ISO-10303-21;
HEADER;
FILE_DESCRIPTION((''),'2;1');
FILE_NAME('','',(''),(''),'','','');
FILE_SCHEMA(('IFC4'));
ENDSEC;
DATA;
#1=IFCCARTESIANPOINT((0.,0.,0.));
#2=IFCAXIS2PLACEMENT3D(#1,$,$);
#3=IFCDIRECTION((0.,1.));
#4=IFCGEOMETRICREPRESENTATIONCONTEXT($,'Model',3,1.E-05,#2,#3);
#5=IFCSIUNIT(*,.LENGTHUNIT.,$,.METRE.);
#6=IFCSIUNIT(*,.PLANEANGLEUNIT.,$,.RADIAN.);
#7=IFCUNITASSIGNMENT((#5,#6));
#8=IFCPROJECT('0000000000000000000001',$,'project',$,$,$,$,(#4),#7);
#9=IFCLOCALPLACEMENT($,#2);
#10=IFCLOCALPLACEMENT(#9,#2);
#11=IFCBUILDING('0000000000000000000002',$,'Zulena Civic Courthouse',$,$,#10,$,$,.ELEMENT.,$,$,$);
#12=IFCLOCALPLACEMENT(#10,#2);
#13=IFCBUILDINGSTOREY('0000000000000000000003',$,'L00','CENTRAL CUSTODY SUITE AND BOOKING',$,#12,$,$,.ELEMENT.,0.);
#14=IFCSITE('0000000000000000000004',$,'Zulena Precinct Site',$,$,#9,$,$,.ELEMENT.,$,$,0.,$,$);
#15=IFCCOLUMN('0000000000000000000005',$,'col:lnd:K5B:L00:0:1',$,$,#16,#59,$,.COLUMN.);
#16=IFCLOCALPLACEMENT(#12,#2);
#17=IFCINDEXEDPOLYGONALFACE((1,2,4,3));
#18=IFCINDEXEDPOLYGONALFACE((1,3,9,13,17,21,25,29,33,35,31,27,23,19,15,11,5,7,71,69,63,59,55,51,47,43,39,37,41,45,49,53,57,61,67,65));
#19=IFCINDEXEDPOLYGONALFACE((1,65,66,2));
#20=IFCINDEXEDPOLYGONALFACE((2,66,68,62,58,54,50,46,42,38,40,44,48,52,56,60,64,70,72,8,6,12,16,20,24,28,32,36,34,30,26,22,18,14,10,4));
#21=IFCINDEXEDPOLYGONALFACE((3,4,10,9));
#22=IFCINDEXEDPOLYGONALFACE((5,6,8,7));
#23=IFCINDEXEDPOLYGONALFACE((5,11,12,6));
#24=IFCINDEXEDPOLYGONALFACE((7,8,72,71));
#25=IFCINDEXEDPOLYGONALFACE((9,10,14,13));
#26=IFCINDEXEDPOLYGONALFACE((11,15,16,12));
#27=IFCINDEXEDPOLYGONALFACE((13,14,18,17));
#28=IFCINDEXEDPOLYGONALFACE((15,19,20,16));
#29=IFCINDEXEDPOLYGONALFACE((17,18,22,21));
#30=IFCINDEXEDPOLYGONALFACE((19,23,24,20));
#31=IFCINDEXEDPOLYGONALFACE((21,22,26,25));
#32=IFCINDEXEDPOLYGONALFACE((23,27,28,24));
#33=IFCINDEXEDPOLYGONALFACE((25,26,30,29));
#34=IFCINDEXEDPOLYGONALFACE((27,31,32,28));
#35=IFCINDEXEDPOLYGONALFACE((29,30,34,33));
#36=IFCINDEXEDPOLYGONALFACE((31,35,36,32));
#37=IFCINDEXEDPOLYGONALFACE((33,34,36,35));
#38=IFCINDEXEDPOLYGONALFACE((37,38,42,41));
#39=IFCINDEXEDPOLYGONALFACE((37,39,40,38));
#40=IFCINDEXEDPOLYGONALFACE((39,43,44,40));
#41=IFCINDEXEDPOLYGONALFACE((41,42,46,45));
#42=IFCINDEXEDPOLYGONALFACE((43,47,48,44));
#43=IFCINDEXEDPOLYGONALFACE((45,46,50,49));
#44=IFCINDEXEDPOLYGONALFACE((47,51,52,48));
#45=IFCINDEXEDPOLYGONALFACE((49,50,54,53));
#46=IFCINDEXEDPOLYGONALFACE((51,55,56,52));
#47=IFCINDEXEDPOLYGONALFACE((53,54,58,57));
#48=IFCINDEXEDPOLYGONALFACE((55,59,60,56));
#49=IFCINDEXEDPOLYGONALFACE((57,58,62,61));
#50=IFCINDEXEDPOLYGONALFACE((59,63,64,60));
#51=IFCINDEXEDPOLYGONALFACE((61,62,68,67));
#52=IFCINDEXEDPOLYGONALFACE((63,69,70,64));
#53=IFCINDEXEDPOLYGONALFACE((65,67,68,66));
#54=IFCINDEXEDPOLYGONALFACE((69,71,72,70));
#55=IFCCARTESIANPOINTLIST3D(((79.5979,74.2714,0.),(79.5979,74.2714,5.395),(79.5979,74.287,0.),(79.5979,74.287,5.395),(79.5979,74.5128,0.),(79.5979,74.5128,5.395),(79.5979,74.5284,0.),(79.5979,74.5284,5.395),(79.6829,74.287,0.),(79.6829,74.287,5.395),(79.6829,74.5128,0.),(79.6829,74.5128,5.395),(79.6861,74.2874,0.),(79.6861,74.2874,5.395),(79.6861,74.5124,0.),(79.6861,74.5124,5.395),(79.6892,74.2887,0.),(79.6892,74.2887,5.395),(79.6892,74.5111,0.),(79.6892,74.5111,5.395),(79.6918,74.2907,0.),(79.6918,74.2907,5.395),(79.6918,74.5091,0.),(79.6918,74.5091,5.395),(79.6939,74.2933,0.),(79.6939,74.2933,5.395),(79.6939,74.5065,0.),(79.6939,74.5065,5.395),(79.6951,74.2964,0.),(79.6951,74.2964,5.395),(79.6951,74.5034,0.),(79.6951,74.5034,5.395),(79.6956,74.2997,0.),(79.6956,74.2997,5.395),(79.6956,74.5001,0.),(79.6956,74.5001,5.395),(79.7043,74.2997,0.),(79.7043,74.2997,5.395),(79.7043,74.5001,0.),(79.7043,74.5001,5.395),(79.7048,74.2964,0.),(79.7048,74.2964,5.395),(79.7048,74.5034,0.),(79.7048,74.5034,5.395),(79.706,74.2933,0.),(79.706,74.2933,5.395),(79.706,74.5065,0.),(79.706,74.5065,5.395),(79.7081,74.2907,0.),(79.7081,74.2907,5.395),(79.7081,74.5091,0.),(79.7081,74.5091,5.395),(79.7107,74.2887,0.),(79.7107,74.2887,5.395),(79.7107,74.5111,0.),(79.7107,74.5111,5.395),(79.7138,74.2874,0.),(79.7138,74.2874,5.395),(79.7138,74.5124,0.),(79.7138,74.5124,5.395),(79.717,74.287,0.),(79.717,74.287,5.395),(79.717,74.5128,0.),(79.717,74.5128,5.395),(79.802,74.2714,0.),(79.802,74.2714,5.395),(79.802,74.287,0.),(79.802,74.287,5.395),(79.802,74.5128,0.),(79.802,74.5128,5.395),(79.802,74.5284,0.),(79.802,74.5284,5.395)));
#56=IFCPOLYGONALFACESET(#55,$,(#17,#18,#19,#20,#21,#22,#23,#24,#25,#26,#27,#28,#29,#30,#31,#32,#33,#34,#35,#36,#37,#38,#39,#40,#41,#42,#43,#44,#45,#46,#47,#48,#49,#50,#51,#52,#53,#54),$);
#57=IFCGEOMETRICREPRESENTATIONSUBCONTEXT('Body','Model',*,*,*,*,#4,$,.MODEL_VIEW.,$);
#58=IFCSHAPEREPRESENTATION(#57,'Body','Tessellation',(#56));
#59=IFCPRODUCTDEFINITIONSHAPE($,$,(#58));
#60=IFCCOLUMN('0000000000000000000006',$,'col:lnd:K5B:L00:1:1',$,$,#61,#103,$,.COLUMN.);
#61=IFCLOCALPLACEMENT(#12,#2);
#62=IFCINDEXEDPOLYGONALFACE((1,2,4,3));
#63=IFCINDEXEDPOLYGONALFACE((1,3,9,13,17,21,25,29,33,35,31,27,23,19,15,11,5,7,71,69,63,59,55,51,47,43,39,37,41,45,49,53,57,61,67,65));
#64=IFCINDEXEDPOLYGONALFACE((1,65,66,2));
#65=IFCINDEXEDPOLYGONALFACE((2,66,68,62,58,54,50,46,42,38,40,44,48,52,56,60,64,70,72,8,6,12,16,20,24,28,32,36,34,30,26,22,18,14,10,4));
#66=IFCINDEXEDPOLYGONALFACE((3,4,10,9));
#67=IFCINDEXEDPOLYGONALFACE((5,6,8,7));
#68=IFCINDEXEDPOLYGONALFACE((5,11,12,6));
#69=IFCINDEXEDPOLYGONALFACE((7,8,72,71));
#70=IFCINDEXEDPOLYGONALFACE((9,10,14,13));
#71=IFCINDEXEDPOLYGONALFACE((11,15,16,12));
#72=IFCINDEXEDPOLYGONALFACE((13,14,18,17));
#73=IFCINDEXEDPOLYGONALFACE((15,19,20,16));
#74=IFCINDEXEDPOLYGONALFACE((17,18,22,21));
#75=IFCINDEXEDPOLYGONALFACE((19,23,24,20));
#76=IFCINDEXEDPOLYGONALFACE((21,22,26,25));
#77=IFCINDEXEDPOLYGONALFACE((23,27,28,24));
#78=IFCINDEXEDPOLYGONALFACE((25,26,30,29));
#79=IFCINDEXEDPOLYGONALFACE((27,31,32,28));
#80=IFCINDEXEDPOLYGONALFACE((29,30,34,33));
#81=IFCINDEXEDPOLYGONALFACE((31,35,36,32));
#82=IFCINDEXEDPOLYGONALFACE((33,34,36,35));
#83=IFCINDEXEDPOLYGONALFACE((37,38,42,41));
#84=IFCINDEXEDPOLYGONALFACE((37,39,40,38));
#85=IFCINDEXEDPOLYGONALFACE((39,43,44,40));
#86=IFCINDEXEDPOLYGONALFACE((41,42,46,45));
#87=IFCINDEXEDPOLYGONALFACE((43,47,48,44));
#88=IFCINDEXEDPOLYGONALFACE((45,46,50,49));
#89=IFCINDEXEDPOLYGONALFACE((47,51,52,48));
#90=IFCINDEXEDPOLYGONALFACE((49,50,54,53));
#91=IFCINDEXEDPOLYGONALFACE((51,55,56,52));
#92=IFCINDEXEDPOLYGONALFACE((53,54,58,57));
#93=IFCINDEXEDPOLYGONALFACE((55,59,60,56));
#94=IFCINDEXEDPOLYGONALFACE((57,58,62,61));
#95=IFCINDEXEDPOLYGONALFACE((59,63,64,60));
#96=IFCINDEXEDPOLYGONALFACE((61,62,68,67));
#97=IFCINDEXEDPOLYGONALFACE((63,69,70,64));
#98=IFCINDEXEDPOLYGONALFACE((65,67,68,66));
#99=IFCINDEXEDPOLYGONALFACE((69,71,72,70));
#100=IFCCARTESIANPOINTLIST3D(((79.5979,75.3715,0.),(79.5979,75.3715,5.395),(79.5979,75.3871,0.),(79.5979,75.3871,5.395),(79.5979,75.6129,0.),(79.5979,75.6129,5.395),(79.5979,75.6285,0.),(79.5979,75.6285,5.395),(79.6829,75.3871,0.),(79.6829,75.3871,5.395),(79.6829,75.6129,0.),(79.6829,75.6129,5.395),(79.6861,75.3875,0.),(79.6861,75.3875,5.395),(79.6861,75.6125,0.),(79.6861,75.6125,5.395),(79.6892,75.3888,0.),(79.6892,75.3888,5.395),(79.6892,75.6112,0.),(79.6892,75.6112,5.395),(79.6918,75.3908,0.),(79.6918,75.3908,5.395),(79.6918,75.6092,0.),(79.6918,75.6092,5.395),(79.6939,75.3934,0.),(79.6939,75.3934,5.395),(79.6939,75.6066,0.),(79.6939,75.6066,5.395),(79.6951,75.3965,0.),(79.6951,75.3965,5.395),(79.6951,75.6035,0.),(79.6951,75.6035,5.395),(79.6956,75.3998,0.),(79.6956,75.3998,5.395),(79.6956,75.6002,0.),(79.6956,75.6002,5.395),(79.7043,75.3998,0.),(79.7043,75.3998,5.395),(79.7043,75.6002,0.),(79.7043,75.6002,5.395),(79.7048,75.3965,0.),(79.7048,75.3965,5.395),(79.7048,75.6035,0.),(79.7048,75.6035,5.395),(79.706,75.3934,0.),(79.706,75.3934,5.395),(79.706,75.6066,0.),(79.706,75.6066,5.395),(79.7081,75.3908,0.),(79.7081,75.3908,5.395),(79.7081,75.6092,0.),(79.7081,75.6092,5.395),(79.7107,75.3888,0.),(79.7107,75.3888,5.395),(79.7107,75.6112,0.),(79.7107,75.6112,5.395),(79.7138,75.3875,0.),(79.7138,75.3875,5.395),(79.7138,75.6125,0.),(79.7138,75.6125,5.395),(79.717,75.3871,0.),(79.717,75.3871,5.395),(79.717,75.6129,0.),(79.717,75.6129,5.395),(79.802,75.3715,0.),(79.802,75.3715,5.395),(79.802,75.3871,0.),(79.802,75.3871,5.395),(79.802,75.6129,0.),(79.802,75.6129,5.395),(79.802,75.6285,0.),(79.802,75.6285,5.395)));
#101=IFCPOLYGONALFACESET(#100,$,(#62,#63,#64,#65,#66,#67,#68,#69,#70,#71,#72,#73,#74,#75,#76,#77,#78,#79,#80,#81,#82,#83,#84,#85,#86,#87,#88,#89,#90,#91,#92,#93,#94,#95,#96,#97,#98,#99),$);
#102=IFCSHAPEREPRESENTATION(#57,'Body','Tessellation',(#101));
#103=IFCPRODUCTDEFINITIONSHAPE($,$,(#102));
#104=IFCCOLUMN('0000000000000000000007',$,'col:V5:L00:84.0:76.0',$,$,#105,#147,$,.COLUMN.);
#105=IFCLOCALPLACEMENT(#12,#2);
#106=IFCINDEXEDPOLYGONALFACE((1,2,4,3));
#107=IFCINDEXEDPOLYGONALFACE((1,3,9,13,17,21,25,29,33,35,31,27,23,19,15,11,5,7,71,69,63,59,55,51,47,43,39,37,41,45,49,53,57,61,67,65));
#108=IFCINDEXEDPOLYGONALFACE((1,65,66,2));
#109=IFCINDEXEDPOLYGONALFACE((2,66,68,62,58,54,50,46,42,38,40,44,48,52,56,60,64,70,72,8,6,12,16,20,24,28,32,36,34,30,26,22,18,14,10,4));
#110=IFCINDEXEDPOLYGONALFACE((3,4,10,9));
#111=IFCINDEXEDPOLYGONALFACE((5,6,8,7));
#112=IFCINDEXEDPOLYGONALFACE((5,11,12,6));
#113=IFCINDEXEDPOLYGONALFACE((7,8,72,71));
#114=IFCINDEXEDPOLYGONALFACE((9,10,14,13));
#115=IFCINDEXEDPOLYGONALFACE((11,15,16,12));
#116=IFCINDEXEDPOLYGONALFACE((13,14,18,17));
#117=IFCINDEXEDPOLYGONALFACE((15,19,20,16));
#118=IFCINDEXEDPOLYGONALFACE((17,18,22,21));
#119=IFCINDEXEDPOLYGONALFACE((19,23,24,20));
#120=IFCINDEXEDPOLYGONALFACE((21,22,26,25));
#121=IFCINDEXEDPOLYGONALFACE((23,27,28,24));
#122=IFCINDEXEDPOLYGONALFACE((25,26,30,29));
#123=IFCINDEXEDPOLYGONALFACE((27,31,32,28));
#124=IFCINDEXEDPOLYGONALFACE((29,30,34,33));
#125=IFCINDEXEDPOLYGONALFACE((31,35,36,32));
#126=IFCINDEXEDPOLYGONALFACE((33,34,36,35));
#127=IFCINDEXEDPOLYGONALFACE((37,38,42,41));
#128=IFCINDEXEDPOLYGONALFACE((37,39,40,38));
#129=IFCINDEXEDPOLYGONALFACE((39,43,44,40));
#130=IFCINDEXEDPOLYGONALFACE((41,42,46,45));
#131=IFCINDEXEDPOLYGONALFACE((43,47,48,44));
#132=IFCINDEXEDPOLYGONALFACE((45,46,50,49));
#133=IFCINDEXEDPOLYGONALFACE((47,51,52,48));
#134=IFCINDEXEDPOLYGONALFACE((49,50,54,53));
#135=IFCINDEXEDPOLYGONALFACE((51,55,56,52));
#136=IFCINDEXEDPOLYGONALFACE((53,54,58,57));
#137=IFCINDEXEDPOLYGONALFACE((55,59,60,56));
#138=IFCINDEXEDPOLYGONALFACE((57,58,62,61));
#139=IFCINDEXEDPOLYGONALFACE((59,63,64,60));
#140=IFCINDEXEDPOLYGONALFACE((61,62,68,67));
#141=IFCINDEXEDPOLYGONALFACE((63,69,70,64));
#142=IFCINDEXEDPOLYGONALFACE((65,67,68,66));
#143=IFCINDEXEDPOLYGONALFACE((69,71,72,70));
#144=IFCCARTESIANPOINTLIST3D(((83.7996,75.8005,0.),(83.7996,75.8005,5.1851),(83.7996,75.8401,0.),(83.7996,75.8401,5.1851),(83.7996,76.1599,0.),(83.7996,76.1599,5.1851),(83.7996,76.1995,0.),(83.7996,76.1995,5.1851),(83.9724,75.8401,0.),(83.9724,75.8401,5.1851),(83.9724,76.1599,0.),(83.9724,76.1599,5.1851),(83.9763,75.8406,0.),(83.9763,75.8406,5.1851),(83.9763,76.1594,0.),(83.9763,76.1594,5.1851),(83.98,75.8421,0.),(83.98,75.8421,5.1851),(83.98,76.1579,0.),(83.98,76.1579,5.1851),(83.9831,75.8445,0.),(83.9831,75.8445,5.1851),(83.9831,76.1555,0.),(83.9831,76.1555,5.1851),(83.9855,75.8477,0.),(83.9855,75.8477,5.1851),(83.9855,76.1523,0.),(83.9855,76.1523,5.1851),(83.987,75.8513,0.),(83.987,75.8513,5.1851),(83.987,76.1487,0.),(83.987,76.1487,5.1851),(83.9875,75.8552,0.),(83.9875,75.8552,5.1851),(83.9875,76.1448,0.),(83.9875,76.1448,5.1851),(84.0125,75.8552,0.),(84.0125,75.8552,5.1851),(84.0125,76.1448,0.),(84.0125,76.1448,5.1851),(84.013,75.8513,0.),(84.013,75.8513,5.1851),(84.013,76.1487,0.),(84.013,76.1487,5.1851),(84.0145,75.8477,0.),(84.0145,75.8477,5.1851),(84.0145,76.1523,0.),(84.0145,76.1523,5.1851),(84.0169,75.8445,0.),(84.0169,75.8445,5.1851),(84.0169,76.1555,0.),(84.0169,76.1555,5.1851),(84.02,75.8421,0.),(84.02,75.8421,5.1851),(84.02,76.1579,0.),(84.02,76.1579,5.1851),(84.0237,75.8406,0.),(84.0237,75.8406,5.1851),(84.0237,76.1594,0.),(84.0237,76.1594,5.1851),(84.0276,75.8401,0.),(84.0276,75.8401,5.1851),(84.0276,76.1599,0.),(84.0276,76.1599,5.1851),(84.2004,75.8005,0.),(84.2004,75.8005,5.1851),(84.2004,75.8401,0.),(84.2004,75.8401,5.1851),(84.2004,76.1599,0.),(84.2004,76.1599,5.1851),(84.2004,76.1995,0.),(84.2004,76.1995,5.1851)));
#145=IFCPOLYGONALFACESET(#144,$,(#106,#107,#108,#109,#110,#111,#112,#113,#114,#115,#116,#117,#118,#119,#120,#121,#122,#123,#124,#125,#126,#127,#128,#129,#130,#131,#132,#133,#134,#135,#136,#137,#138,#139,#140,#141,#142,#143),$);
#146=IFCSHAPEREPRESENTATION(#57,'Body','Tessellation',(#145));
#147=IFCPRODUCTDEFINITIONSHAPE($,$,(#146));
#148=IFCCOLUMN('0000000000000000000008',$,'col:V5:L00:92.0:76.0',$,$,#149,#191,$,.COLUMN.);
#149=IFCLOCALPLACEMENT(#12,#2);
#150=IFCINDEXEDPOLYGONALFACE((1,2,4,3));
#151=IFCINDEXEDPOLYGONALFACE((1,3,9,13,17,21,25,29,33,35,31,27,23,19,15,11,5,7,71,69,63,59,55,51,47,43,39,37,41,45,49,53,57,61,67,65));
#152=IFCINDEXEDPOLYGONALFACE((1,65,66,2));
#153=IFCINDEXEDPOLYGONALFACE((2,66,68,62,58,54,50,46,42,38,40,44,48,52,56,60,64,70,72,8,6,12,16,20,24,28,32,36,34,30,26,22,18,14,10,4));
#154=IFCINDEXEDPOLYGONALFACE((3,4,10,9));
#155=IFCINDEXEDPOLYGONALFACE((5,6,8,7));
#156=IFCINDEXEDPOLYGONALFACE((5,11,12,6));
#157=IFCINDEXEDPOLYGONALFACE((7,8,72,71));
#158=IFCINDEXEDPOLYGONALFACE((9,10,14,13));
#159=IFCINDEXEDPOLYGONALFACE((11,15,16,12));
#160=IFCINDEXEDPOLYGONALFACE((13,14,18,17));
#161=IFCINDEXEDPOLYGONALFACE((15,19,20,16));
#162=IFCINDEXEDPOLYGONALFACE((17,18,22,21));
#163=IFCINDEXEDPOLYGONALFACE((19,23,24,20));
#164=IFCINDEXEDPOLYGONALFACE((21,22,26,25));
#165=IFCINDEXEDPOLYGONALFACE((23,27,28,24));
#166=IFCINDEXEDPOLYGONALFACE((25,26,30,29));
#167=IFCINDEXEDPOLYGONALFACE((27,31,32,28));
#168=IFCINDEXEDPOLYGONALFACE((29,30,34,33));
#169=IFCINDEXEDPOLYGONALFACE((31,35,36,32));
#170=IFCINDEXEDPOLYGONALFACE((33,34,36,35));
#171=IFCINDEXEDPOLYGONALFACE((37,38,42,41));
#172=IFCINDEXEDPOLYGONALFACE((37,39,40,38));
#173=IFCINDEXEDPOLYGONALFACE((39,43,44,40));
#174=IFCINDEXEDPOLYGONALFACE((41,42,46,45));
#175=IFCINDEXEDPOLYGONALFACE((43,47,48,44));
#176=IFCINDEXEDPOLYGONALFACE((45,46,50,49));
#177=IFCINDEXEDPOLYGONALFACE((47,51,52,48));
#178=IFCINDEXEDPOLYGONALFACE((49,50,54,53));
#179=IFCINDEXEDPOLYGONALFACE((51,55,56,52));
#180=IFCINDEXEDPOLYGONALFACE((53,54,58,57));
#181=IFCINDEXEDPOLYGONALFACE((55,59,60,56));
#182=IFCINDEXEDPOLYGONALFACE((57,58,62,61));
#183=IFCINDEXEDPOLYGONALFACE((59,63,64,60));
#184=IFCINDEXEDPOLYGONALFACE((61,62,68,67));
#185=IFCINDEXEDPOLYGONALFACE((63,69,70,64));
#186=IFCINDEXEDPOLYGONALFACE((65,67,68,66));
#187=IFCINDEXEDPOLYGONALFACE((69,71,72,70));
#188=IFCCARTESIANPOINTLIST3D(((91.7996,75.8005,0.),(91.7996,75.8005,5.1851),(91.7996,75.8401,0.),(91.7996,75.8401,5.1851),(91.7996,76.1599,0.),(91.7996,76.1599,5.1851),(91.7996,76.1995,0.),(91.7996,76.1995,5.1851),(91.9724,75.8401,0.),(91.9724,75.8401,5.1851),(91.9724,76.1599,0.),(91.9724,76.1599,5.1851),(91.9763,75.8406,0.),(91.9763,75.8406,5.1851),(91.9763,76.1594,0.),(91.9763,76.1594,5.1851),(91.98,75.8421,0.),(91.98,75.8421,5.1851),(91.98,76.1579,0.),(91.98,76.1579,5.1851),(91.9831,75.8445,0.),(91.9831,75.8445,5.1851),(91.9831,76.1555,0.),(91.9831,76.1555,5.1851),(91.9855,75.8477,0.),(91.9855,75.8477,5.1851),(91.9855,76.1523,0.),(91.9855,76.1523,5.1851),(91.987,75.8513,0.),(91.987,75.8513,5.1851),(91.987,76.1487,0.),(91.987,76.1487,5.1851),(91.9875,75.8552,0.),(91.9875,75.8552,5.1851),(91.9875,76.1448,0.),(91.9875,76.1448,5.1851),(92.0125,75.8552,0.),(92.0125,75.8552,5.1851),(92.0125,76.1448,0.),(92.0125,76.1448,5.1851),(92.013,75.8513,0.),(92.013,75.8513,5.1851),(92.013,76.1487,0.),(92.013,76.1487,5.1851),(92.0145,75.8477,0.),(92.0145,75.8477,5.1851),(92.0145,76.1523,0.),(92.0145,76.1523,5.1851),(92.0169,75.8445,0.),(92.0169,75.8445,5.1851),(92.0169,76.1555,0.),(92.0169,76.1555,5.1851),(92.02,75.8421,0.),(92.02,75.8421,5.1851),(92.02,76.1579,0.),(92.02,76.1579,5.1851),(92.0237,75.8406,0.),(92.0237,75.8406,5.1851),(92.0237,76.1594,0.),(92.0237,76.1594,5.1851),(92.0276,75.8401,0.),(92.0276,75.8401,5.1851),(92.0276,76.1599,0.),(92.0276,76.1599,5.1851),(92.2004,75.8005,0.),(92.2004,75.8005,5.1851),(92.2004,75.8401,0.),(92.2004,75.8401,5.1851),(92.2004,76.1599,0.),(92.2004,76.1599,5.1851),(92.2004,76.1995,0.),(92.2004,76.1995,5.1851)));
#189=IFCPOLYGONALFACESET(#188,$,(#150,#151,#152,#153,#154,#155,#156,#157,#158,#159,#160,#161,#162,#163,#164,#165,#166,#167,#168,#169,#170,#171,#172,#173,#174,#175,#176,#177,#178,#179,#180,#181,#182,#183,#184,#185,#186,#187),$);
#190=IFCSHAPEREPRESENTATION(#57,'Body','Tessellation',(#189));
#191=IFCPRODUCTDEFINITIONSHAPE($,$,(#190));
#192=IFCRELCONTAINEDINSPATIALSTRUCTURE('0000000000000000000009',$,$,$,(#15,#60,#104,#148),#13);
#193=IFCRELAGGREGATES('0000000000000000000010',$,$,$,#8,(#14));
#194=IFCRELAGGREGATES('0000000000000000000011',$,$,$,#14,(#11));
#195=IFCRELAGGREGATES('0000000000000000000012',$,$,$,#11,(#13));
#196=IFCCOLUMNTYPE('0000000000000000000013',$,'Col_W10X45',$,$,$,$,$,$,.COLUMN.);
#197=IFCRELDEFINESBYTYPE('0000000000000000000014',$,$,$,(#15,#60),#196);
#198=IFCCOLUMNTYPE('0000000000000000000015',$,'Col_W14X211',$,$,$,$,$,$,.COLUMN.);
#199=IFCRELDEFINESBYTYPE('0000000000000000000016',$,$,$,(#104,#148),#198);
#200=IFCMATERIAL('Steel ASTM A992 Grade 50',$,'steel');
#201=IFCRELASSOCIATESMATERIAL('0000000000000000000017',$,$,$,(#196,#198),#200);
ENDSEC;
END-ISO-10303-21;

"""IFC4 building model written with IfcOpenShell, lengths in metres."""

from ifc_helpers import new_model, si_unit, direction, frame, origin, origin_2d, place, context, subcontext, project, spatial, i_section, extrude, material, material_profile, profile_set, type_object, element, save


model = new_model("IFC4")

# Units and contexts
model_context = context("Model", 3, precision=1e-05, world=origin(), true_north=direction((0.0, 1.0)))
body_context = subcontext(model_context, "Body", "Model", "MODEL_VIEW")
ifc_project = project(units=[si_unit("LENGTHUNIT", "METRE"), si_unit("PLANEANGLEUNIT", "RADIAN")], contexts=[model_context])

# Site, building, storey
site_placement = place(None, origin())
site = spatial("IfcSite", under=ifc_project, at=site_placement, Name="Zulena Precinct Site", CompositionType="ELEMENT", RefElevation=0.0)
building_placement = place(site_placement, origin())
building = spatial("IfcBuilding", under=site, at=building_placement, Name="Zulena Civic Courthouse", CompositionType="ELEMENT")
storey_placement = place(building_placement, origin())
storey = spatial("IfcBuildingStorey", under=building, at=storey_placement, Name="L00", Description="CENTRAL CUSTODY SUITE AND BOOKING", CompositionType="ELEMENT", Elevation=0.0)

# Columns
ifc_material_1 = material(Name="Steel ASTM A992 Grade 50", Category="steel")
ifc_material_profile_1 = material_profile(ifc_material_1, i_section(OverallWidth=0.2041, OverallDepth=0.2571, WebThickness=0.0088, FlangeThickness=0.0156, FilletRadius=0.0127, at=origin_2d()), Name="W10X45")
ifc_profile_set_1 = profile_set([ifc_material_profile_1], Name="Steel ASTM A992 Grade 50")
column_type_1 = type_object("IfcColumnType", Name="Col_W10X45", PredefinedType="COLUMN", material=ifc_profile_set_1)
for number, where, z_axis, x_axis, name in (
    (1, (79.7, 74.3999, 0.0), (0.0, 0.0, 1.0), (1.0, 0.0, 0.0), "col:lnd:K5B:L00:0:1"),
    (2, (79.7, 75.5, 0.0), (0.0, 0.0, 1.0), (1.0, 0.0, 0.0), "col:lnd:K5B:L00:1:1"),
):
    element("IfcColumn", number, at=place(storey_placement, frame(where, z_axis=z_axis, x_axis=x_axis)), inside=storey, type_object=column_type_1, Name=name, PredefinedType="COLUMN", context=body_context, shape_type="SweptSolid", body=[
        extrude(i_section(OverallWidth=0.2041, OverallDepth=0.2571, WebThickness=0.0088, FlangeThickness=0.0156, FilletRadius=0.0127, at=origin_2d()), origin(), (0.0, 0.0, 1.0), 5.395),
    ])
ifc_material_profile_2 = material_profile(ifc_material_1, i_section(OverallWidth=0.4009, OverallDepth=0.3989, WebThickness=0.0249, FlangeThickness=0.0396, FilletRadius=0.0151, at=origin_2d()), Name="W14X211")
ifc_profile_set_2 = profile_set([ifc_material_profile_2], Name="Steel ASTM A992 Grade 50")
column_type_2 = type_object("IfcColumnType", Name="Col_W14X211", PredefinedType="COLUMN", material=ifc_profile_set_2)
for number, where, z_axis, x_axis, name in (
    (3, (84.0, 76.0, 0.0), (0.0, 0.0, 1.0), (1.0, 0.0, 0.0), "col:V5:L00:84.0:76.0"),
    (4, (92.0, 76.0, 0.0), (0.0, 0.0, 1.0), (1.0, 0.0, 0.0), "col:V5:L00:92.0:76.0"),
):
    element("IfcColumn", number, at=place(storey_placement, frame(where, z_axis=z_axis, x_axis=x_axis)), inside=storey, type_object=column_type_2, Name=name, PredefinedType="COLUMN", context=body_context, shape_type="SweptSolid", body=[
        extrude(i_section(OverallWidth=0.4009, OverallDepth=0.3989, WebThickness=0.0249, FlangeThickness=0.0396, FilletRadius=0.0151, at=origin_2d()), origin(), (0.0, 0.0, 1.0), 5.1851),
    ])

save(model, "model.ifc")
